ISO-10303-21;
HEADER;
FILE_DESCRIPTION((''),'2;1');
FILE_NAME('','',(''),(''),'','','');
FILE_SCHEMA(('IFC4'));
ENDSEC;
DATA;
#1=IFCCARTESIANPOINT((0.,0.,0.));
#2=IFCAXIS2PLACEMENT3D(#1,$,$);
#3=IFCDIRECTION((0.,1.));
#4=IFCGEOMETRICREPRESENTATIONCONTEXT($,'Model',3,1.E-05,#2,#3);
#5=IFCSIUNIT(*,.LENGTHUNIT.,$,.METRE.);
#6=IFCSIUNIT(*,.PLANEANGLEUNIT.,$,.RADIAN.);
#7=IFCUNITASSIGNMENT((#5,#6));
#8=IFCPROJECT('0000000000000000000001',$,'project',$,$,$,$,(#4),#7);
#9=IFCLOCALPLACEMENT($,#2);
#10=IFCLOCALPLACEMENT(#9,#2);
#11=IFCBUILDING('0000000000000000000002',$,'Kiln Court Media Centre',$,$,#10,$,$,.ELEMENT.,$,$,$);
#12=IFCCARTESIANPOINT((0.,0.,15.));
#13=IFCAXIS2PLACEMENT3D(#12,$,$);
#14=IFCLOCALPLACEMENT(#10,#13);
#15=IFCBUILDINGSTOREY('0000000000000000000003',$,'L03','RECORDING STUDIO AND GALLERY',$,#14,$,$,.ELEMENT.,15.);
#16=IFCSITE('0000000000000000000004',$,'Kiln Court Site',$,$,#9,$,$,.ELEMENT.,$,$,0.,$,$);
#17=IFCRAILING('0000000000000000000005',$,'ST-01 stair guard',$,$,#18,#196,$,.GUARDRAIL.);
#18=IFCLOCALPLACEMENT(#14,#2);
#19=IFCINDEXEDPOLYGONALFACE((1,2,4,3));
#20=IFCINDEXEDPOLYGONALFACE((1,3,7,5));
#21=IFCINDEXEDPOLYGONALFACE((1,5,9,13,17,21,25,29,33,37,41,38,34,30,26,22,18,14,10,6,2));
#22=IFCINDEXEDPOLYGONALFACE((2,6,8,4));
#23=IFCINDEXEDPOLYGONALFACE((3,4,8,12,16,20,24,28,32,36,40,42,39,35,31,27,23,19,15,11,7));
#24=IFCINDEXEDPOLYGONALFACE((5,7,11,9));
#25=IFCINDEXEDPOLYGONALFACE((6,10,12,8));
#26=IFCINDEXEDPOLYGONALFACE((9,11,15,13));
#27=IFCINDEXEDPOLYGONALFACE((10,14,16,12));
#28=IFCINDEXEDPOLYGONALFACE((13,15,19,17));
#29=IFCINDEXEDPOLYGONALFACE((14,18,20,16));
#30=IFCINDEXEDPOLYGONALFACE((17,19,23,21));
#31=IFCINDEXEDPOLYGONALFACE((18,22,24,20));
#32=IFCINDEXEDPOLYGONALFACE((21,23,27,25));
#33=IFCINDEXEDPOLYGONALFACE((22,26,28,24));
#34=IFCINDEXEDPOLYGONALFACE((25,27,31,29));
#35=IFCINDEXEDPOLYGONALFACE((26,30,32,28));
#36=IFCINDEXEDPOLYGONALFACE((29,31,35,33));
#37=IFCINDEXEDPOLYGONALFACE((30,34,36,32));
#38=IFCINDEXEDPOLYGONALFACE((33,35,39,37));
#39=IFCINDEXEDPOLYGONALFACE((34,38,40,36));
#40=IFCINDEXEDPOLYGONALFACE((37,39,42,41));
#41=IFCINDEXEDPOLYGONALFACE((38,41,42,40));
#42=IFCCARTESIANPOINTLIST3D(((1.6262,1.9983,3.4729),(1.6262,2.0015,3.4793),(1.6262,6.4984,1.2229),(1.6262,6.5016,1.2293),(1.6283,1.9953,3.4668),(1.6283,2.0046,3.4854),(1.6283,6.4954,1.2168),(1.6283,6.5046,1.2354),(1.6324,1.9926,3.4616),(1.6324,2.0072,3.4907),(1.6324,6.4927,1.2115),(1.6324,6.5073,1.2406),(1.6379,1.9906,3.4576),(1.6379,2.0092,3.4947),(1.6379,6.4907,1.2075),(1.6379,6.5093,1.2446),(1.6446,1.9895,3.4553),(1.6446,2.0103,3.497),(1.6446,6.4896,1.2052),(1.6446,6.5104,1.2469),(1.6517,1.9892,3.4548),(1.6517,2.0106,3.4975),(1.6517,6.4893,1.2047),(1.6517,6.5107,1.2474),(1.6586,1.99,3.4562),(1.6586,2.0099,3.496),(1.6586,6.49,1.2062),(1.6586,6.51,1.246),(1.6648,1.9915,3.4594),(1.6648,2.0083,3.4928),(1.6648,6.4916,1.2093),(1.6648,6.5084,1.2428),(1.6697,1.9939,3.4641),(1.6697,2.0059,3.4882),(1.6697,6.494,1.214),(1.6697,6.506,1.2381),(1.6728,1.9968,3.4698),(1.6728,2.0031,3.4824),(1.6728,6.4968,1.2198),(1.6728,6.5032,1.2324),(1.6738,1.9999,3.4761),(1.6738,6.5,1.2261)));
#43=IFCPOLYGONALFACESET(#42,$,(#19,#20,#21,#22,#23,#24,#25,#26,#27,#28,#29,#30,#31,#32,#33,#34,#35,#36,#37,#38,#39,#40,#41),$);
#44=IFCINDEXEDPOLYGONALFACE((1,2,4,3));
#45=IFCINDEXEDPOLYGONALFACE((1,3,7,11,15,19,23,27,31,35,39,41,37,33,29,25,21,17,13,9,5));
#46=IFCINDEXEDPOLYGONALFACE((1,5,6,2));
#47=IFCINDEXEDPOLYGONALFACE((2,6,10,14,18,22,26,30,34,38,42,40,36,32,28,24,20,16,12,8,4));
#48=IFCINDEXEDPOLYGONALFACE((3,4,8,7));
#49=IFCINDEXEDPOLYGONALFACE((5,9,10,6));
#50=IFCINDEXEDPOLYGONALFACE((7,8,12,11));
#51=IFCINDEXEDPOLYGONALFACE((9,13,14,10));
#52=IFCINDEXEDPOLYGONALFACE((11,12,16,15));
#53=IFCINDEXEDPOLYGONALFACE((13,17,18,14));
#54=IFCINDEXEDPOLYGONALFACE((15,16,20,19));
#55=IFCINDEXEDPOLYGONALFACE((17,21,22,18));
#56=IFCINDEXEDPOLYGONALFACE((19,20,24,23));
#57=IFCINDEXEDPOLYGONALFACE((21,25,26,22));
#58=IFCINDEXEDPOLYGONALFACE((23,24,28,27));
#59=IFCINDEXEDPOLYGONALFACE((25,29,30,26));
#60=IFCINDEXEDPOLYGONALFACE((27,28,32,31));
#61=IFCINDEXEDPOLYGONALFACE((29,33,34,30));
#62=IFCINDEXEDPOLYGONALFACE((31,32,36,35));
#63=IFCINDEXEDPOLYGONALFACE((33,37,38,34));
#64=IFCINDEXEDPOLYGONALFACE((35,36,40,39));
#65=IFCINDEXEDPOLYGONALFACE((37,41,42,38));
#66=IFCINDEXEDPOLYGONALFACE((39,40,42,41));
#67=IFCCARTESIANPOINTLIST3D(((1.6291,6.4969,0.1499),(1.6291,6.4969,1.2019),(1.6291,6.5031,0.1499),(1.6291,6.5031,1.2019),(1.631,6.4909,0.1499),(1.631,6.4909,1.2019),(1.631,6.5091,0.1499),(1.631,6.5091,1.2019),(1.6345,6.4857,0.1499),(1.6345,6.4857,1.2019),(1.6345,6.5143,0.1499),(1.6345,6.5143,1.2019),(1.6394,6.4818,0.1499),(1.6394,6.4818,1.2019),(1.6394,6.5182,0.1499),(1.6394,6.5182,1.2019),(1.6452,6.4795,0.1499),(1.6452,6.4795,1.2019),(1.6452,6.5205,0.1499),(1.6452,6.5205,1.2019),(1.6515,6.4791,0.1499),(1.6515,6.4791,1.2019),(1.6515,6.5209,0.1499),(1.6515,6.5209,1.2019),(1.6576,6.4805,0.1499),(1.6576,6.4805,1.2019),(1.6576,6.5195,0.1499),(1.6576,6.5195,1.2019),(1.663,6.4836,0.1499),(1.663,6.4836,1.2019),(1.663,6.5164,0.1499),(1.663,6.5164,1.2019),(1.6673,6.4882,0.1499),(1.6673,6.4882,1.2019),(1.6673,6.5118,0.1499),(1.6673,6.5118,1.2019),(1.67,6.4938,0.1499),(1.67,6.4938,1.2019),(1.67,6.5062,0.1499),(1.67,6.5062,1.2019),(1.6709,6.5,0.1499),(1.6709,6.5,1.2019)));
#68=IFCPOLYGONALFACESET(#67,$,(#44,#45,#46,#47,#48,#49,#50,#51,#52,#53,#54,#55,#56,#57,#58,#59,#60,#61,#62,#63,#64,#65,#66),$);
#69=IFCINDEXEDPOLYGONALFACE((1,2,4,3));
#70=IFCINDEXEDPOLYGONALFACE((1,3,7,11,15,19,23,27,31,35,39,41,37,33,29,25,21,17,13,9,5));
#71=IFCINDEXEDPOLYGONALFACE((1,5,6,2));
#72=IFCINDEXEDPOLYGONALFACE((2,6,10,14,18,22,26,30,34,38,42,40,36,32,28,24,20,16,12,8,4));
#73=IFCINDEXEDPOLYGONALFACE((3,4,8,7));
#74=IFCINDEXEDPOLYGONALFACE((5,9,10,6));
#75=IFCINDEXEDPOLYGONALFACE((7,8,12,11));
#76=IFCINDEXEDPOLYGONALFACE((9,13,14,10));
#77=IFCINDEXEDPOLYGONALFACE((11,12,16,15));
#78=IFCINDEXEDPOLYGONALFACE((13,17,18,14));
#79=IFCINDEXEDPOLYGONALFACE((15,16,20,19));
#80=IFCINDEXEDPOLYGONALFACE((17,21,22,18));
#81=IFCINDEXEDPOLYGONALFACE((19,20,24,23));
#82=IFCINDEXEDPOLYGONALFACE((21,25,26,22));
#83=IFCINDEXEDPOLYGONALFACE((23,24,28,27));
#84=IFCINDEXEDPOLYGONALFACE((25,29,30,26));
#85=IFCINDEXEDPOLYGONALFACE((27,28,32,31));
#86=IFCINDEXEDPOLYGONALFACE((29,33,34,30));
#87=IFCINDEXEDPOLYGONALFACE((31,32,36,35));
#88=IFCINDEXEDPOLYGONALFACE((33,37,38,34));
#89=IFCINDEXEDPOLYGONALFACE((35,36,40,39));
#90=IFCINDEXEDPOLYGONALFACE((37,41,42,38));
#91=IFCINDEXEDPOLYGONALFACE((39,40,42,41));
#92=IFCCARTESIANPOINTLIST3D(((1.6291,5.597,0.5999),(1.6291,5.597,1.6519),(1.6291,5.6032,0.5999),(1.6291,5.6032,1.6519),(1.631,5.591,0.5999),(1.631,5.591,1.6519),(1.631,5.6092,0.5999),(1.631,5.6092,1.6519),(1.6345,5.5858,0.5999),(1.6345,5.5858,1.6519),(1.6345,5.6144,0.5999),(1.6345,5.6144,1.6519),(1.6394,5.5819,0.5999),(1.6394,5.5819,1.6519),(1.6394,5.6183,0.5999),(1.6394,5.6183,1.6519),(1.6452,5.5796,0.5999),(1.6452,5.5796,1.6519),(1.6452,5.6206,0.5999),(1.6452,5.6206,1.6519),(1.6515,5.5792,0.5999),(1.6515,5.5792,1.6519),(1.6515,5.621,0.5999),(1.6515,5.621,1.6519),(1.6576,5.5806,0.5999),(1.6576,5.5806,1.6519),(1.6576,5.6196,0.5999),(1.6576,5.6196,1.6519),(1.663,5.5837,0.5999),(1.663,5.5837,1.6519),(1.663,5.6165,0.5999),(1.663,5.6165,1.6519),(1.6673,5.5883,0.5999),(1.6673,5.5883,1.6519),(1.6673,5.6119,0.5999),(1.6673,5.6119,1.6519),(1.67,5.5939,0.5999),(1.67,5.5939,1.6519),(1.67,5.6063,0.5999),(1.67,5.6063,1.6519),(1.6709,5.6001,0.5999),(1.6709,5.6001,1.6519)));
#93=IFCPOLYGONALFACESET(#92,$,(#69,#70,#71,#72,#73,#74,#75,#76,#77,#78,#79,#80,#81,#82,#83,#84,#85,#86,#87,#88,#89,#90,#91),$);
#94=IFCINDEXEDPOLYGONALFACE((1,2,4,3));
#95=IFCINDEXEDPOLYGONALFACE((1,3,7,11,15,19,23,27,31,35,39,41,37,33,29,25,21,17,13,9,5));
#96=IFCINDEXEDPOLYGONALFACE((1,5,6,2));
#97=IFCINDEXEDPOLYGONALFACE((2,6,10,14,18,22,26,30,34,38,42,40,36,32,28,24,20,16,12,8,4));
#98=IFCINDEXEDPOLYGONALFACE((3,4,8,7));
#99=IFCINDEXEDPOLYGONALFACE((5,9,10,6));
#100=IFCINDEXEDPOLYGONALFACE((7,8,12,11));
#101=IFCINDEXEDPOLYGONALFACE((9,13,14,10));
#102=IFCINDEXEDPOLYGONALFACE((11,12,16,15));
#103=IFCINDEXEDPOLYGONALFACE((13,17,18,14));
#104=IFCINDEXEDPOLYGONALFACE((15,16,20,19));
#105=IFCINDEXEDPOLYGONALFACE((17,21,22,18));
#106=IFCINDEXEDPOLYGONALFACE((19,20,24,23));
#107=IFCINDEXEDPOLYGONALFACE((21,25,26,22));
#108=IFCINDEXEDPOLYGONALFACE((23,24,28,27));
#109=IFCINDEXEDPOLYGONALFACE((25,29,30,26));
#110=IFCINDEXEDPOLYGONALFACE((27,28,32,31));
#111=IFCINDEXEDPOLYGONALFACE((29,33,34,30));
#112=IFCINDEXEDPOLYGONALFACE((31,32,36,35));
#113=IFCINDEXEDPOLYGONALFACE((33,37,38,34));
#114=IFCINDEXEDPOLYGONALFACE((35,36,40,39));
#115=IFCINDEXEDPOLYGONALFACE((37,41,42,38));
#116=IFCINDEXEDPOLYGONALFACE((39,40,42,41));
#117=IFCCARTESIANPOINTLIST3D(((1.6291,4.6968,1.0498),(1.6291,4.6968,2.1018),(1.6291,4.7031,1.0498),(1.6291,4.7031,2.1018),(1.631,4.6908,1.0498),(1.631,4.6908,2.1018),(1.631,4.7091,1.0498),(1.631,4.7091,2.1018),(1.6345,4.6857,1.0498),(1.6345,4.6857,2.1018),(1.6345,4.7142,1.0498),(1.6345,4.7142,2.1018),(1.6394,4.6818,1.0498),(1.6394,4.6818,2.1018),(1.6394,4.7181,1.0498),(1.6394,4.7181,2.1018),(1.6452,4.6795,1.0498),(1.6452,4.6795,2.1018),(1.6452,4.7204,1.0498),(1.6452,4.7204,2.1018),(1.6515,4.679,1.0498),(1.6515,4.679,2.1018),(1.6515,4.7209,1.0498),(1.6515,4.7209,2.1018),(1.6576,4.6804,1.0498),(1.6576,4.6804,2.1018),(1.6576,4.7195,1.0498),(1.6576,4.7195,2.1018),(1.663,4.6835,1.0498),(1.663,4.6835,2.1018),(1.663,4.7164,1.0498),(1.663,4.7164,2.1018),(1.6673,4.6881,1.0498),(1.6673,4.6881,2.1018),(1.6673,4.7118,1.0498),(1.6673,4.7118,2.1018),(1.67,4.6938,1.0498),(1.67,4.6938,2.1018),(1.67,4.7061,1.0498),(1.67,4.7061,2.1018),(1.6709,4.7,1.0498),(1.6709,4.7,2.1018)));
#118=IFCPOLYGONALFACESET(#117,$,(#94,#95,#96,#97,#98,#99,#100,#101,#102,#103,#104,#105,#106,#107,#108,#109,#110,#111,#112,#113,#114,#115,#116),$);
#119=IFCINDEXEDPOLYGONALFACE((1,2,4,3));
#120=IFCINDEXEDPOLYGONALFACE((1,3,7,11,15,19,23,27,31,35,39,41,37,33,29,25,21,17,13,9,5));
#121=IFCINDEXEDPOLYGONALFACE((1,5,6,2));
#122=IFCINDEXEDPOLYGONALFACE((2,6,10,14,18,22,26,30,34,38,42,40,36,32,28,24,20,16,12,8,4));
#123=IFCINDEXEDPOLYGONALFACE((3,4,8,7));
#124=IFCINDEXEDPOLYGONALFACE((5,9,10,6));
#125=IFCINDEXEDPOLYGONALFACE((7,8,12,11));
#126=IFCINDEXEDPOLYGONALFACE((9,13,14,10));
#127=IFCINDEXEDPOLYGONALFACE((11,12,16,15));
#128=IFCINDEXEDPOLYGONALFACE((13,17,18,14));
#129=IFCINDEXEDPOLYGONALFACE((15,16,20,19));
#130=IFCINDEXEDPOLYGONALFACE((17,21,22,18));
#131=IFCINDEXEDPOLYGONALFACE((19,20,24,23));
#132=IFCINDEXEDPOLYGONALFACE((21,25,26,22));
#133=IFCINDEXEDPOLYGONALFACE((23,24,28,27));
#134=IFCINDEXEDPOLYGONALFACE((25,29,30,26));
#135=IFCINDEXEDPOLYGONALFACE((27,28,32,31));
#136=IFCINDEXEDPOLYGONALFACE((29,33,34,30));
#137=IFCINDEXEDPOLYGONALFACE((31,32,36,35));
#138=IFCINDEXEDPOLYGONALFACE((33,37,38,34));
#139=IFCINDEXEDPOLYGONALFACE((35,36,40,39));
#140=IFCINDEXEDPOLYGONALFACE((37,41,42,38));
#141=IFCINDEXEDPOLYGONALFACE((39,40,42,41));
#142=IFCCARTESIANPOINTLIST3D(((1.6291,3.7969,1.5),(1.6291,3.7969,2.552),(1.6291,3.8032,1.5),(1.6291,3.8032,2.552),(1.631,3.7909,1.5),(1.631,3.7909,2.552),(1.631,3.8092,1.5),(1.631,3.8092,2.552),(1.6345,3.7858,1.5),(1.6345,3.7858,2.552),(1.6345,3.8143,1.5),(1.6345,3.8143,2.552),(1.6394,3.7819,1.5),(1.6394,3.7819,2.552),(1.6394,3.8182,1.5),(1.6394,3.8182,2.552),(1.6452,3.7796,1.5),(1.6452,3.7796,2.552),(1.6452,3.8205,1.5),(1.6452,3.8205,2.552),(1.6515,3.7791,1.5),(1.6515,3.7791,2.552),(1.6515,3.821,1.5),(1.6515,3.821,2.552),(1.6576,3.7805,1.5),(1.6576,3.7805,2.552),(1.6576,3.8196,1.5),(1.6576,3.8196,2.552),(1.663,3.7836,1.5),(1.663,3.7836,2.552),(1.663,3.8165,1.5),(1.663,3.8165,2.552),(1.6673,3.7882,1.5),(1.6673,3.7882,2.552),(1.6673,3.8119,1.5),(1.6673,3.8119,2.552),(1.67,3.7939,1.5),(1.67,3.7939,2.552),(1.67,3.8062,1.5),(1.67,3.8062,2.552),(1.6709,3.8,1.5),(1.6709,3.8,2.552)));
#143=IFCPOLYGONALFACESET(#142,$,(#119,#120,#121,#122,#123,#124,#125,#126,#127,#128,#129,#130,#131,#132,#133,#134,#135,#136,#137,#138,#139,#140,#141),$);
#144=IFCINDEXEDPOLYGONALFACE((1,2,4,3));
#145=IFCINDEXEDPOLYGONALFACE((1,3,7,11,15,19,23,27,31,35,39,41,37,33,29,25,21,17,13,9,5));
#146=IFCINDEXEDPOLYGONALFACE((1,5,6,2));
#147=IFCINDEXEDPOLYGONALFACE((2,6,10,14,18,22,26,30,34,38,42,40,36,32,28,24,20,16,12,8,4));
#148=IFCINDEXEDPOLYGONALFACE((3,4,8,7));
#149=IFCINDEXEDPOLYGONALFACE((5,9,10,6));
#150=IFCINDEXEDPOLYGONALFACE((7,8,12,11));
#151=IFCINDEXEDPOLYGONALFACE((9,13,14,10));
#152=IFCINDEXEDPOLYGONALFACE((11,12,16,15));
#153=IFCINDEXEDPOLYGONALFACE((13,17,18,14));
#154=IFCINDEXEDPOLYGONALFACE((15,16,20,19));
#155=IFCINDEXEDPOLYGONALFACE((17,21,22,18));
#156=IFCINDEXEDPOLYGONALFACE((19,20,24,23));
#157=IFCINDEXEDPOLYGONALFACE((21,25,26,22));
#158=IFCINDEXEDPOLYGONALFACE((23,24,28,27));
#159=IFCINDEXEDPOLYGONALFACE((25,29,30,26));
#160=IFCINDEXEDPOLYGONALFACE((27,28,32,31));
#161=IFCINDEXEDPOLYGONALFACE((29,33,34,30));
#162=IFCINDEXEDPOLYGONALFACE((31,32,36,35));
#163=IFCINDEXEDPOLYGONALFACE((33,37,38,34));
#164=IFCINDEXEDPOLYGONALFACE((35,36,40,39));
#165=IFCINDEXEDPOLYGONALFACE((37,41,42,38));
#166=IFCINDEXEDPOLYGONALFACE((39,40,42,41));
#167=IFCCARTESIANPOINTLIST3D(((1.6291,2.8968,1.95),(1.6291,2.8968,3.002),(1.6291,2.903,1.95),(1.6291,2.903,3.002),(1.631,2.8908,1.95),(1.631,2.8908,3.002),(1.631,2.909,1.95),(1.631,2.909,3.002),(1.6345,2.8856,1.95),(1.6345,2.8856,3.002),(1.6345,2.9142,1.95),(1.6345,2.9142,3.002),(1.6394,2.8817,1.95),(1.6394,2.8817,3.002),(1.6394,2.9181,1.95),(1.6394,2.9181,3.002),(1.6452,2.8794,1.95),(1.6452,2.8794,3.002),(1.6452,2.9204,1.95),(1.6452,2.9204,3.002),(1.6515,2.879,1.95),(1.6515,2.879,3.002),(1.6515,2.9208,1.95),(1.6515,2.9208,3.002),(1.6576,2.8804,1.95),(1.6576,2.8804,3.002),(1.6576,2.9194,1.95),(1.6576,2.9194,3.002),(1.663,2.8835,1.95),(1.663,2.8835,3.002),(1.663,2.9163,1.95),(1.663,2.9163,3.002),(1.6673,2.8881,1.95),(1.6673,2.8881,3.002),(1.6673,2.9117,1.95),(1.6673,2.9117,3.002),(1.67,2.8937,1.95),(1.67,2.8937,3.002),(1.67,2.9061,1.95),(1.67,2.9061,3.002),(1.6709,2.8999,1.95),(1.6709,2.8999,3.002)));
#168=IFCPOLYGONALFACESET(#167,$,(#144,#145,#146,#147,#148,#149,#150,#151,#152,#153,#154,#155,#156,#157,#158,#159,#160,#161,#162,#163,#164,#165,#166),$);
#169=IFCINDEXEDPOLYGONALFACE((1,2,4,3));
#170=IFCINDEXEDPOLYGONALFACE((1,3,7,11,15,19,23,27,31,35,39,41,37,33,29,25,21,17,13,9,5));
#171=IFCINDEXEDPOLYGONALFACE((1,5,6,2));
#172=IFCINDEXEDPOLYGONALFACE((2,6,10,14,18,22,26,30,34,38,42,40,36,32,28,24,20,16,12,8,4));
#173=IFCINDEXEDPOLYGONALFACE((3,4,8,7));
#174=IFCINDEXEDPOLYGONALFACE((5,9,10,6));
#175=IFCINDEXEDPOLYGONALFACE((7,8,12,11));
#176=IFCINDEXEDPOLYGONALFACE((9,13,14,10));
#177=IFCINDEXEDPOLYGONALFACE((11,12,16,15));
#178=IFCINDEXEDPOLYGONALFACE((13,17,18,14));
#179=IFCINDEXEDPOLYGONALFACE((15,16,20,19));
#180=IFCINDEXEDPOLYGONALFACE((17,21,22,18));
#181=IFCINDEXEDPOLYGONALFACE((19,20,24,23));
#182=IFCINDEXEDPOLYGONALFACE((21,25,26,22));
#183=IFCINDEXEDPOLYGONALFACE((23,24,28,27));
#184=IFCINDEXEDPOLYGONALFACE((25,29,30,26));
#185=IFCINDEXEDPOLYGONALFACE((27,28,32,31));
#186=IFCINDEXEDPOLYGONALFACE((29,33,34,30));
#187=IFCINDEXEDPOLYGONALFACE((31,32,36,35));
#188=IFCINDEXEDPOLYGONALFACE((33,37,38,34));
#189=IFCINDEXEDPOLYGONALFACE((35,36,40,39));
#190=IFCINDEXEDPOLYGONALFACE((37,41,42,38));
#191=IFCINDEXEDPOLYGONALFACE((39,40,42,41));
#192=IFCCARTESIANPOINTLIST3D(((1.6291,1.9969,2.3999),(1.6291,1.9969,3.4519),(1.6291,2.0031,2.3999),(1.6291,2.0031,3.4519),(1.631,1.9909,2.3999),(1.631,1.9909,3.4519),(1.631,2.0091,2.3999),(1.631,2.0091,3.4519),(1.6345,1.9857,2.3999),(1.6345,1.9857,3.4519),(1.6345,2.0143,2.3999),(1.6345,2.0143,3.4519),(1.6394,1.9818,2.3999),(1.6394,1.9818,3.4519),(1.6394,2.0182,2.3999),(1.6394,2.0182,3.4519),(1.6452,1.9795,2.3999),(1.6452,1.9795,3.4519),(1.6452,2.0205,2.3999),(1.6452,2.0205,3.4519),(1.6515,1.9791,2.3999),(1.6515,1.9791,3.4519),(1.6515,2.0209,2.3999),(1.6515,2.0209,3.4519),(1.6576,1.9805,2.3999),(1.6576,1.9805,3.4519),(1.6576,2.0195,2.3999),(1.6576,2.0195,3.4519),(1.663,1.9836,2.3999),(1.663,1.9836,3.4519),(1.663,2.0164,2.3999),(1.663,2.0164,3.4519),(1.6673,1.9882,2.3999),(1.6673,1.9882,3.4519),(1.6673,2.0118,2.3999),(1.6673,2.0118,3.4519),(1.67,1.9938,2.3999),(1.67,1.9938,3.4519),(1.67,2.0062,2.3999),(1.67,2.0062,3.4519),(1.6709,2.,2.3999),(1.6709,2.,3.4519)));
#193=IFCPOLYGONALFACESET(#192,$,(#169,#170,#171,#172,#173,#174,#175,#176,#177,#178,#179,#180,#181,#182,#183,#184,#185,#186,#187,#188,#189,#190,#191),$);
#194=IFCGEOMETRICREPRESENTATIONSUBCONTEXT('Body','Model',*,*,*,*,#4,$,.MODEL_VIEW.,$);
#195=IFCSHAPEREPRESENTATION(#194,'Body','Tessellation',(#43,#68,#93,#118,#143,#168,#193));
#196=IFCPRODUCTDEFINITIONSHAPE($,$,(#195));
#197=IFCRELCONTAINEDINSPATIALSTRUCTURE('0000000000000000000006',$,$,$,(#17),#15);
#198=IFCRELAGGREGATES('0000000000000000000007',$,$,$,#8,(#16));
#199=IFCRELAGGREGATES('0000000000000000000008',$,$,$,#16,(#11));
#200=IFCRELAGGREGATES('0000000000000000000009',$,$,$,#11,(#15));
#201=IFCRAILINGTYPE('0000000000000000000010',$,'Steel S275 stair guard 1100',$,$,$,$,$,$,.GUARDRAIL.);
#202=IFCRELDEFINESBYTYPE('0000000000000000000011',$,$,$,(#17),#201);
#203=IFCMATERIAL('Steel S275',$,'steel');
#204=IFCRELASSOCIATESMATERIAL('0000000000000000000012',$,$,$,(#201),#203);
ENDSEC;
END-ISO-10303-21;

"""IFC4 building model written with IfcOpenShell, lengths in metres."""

from ifc_helpers import new_model, si_unit, direction, frame, origin, origin_2d, place, context, subcontext, project, spatial, circle, extrude, material, type_object, element, save


model = new_model("IFC4")

# Units and contexts
model_context = context("Model", 3, precision=1e-05, world=origin(), true_north=direction((0.0, 1.0)))
body_context = subcontext(model_context, "Body", "Model", "MODEL_VIEW")
ifc_project = project(units=[si_unit("LENGTHUNIT", "METRE"), si_unit("PLANEANGLEUNIT", "RADIAN")], contexts=[model_context])

# Site, building, storey
site_placement = place(None, origin())
site = spatial("IfcSite", under=ifc_project, at=site_placement, Name="Kiln Court Site", CompositionType="ELEMENT", RefElevation=0.0)
building_placement = place(site_placement, origin())
building = spatial("IfcBuilding", under=site, at=building_placement, Name="Kiln Court Media Centre", CompositionType="ELEMENT")
storey_placement = place(building_placement, frame((0.0, 0.0, 15.0)))
storey = spatial("IfcBuildingStorey", under=building, at=storey_placement, Name="L03", Description="RECORDING STUDIO AND GALLERY", CompositionType="ELEMENT", Elevation=15.0)

# Railing
ifc_material_1 = material(Name="Steel S275", Category="steel")
railing_type_1 = type_object("IfcRailingType", Name="Steel S275 stair guard 1100", PredefinedType="GUARDRAIL", material=ifc_material_1)
railing_1_placement = place(storey_placement, frame((1.6499, 6.5, 0.1499)))
element("IfcRailing", 1, at=railing_1_placement, inside=storey, type_object=railing_type_1, Name="ST-01 stair guard", PredefinedType="GUARDRAIL", context=body_context, shape_type="SweptSolid", body=[
    extrude(circle(Radius=0.0239, at=origin_2d()), frame((0.0, 0.0, 1.0762), z_axis=(0.0, -0.894427, 0.447214), x_axis=(1.0, 0.0, 0.0)), (0.0, 0.0, 1.0), 5.0312),
    extrude(circle(Radius=0.021, at=origin_2d()), origin(), (0.0, 0.0, 1.0), 1.052),
    extrude(circle(Radius=0.021, at=origin_2d()), frame((0.0, -0.8999, 0.45)), (0.0, 0.0, 1.0), 1.052),
    extrude(circle(Radius=0.021, at=origin_2d()), frame((0.0, -1.8, 0.8999)), (0.0, 0.0, 1.0), 1.052),
    extrude(circle(Radius=0.021, at=origin_2d()), frame((0.0, -2.7, 1.3501)), (0.0, 0.0, 1.0), 1.052),
    extrude(circle(Radius=0.021, at=origin_2d()), frame((0.0, -3.6001, 1.8)), (0.0, 0.0, 1.0), 1.052),
    extrude(circle(Radius=0.021, at=origin_2d()), frame((0.0, -4.5, 2.25)), (0.0, 0.0, 1.0), 1.052),
])

save(model, "model.ifc")
